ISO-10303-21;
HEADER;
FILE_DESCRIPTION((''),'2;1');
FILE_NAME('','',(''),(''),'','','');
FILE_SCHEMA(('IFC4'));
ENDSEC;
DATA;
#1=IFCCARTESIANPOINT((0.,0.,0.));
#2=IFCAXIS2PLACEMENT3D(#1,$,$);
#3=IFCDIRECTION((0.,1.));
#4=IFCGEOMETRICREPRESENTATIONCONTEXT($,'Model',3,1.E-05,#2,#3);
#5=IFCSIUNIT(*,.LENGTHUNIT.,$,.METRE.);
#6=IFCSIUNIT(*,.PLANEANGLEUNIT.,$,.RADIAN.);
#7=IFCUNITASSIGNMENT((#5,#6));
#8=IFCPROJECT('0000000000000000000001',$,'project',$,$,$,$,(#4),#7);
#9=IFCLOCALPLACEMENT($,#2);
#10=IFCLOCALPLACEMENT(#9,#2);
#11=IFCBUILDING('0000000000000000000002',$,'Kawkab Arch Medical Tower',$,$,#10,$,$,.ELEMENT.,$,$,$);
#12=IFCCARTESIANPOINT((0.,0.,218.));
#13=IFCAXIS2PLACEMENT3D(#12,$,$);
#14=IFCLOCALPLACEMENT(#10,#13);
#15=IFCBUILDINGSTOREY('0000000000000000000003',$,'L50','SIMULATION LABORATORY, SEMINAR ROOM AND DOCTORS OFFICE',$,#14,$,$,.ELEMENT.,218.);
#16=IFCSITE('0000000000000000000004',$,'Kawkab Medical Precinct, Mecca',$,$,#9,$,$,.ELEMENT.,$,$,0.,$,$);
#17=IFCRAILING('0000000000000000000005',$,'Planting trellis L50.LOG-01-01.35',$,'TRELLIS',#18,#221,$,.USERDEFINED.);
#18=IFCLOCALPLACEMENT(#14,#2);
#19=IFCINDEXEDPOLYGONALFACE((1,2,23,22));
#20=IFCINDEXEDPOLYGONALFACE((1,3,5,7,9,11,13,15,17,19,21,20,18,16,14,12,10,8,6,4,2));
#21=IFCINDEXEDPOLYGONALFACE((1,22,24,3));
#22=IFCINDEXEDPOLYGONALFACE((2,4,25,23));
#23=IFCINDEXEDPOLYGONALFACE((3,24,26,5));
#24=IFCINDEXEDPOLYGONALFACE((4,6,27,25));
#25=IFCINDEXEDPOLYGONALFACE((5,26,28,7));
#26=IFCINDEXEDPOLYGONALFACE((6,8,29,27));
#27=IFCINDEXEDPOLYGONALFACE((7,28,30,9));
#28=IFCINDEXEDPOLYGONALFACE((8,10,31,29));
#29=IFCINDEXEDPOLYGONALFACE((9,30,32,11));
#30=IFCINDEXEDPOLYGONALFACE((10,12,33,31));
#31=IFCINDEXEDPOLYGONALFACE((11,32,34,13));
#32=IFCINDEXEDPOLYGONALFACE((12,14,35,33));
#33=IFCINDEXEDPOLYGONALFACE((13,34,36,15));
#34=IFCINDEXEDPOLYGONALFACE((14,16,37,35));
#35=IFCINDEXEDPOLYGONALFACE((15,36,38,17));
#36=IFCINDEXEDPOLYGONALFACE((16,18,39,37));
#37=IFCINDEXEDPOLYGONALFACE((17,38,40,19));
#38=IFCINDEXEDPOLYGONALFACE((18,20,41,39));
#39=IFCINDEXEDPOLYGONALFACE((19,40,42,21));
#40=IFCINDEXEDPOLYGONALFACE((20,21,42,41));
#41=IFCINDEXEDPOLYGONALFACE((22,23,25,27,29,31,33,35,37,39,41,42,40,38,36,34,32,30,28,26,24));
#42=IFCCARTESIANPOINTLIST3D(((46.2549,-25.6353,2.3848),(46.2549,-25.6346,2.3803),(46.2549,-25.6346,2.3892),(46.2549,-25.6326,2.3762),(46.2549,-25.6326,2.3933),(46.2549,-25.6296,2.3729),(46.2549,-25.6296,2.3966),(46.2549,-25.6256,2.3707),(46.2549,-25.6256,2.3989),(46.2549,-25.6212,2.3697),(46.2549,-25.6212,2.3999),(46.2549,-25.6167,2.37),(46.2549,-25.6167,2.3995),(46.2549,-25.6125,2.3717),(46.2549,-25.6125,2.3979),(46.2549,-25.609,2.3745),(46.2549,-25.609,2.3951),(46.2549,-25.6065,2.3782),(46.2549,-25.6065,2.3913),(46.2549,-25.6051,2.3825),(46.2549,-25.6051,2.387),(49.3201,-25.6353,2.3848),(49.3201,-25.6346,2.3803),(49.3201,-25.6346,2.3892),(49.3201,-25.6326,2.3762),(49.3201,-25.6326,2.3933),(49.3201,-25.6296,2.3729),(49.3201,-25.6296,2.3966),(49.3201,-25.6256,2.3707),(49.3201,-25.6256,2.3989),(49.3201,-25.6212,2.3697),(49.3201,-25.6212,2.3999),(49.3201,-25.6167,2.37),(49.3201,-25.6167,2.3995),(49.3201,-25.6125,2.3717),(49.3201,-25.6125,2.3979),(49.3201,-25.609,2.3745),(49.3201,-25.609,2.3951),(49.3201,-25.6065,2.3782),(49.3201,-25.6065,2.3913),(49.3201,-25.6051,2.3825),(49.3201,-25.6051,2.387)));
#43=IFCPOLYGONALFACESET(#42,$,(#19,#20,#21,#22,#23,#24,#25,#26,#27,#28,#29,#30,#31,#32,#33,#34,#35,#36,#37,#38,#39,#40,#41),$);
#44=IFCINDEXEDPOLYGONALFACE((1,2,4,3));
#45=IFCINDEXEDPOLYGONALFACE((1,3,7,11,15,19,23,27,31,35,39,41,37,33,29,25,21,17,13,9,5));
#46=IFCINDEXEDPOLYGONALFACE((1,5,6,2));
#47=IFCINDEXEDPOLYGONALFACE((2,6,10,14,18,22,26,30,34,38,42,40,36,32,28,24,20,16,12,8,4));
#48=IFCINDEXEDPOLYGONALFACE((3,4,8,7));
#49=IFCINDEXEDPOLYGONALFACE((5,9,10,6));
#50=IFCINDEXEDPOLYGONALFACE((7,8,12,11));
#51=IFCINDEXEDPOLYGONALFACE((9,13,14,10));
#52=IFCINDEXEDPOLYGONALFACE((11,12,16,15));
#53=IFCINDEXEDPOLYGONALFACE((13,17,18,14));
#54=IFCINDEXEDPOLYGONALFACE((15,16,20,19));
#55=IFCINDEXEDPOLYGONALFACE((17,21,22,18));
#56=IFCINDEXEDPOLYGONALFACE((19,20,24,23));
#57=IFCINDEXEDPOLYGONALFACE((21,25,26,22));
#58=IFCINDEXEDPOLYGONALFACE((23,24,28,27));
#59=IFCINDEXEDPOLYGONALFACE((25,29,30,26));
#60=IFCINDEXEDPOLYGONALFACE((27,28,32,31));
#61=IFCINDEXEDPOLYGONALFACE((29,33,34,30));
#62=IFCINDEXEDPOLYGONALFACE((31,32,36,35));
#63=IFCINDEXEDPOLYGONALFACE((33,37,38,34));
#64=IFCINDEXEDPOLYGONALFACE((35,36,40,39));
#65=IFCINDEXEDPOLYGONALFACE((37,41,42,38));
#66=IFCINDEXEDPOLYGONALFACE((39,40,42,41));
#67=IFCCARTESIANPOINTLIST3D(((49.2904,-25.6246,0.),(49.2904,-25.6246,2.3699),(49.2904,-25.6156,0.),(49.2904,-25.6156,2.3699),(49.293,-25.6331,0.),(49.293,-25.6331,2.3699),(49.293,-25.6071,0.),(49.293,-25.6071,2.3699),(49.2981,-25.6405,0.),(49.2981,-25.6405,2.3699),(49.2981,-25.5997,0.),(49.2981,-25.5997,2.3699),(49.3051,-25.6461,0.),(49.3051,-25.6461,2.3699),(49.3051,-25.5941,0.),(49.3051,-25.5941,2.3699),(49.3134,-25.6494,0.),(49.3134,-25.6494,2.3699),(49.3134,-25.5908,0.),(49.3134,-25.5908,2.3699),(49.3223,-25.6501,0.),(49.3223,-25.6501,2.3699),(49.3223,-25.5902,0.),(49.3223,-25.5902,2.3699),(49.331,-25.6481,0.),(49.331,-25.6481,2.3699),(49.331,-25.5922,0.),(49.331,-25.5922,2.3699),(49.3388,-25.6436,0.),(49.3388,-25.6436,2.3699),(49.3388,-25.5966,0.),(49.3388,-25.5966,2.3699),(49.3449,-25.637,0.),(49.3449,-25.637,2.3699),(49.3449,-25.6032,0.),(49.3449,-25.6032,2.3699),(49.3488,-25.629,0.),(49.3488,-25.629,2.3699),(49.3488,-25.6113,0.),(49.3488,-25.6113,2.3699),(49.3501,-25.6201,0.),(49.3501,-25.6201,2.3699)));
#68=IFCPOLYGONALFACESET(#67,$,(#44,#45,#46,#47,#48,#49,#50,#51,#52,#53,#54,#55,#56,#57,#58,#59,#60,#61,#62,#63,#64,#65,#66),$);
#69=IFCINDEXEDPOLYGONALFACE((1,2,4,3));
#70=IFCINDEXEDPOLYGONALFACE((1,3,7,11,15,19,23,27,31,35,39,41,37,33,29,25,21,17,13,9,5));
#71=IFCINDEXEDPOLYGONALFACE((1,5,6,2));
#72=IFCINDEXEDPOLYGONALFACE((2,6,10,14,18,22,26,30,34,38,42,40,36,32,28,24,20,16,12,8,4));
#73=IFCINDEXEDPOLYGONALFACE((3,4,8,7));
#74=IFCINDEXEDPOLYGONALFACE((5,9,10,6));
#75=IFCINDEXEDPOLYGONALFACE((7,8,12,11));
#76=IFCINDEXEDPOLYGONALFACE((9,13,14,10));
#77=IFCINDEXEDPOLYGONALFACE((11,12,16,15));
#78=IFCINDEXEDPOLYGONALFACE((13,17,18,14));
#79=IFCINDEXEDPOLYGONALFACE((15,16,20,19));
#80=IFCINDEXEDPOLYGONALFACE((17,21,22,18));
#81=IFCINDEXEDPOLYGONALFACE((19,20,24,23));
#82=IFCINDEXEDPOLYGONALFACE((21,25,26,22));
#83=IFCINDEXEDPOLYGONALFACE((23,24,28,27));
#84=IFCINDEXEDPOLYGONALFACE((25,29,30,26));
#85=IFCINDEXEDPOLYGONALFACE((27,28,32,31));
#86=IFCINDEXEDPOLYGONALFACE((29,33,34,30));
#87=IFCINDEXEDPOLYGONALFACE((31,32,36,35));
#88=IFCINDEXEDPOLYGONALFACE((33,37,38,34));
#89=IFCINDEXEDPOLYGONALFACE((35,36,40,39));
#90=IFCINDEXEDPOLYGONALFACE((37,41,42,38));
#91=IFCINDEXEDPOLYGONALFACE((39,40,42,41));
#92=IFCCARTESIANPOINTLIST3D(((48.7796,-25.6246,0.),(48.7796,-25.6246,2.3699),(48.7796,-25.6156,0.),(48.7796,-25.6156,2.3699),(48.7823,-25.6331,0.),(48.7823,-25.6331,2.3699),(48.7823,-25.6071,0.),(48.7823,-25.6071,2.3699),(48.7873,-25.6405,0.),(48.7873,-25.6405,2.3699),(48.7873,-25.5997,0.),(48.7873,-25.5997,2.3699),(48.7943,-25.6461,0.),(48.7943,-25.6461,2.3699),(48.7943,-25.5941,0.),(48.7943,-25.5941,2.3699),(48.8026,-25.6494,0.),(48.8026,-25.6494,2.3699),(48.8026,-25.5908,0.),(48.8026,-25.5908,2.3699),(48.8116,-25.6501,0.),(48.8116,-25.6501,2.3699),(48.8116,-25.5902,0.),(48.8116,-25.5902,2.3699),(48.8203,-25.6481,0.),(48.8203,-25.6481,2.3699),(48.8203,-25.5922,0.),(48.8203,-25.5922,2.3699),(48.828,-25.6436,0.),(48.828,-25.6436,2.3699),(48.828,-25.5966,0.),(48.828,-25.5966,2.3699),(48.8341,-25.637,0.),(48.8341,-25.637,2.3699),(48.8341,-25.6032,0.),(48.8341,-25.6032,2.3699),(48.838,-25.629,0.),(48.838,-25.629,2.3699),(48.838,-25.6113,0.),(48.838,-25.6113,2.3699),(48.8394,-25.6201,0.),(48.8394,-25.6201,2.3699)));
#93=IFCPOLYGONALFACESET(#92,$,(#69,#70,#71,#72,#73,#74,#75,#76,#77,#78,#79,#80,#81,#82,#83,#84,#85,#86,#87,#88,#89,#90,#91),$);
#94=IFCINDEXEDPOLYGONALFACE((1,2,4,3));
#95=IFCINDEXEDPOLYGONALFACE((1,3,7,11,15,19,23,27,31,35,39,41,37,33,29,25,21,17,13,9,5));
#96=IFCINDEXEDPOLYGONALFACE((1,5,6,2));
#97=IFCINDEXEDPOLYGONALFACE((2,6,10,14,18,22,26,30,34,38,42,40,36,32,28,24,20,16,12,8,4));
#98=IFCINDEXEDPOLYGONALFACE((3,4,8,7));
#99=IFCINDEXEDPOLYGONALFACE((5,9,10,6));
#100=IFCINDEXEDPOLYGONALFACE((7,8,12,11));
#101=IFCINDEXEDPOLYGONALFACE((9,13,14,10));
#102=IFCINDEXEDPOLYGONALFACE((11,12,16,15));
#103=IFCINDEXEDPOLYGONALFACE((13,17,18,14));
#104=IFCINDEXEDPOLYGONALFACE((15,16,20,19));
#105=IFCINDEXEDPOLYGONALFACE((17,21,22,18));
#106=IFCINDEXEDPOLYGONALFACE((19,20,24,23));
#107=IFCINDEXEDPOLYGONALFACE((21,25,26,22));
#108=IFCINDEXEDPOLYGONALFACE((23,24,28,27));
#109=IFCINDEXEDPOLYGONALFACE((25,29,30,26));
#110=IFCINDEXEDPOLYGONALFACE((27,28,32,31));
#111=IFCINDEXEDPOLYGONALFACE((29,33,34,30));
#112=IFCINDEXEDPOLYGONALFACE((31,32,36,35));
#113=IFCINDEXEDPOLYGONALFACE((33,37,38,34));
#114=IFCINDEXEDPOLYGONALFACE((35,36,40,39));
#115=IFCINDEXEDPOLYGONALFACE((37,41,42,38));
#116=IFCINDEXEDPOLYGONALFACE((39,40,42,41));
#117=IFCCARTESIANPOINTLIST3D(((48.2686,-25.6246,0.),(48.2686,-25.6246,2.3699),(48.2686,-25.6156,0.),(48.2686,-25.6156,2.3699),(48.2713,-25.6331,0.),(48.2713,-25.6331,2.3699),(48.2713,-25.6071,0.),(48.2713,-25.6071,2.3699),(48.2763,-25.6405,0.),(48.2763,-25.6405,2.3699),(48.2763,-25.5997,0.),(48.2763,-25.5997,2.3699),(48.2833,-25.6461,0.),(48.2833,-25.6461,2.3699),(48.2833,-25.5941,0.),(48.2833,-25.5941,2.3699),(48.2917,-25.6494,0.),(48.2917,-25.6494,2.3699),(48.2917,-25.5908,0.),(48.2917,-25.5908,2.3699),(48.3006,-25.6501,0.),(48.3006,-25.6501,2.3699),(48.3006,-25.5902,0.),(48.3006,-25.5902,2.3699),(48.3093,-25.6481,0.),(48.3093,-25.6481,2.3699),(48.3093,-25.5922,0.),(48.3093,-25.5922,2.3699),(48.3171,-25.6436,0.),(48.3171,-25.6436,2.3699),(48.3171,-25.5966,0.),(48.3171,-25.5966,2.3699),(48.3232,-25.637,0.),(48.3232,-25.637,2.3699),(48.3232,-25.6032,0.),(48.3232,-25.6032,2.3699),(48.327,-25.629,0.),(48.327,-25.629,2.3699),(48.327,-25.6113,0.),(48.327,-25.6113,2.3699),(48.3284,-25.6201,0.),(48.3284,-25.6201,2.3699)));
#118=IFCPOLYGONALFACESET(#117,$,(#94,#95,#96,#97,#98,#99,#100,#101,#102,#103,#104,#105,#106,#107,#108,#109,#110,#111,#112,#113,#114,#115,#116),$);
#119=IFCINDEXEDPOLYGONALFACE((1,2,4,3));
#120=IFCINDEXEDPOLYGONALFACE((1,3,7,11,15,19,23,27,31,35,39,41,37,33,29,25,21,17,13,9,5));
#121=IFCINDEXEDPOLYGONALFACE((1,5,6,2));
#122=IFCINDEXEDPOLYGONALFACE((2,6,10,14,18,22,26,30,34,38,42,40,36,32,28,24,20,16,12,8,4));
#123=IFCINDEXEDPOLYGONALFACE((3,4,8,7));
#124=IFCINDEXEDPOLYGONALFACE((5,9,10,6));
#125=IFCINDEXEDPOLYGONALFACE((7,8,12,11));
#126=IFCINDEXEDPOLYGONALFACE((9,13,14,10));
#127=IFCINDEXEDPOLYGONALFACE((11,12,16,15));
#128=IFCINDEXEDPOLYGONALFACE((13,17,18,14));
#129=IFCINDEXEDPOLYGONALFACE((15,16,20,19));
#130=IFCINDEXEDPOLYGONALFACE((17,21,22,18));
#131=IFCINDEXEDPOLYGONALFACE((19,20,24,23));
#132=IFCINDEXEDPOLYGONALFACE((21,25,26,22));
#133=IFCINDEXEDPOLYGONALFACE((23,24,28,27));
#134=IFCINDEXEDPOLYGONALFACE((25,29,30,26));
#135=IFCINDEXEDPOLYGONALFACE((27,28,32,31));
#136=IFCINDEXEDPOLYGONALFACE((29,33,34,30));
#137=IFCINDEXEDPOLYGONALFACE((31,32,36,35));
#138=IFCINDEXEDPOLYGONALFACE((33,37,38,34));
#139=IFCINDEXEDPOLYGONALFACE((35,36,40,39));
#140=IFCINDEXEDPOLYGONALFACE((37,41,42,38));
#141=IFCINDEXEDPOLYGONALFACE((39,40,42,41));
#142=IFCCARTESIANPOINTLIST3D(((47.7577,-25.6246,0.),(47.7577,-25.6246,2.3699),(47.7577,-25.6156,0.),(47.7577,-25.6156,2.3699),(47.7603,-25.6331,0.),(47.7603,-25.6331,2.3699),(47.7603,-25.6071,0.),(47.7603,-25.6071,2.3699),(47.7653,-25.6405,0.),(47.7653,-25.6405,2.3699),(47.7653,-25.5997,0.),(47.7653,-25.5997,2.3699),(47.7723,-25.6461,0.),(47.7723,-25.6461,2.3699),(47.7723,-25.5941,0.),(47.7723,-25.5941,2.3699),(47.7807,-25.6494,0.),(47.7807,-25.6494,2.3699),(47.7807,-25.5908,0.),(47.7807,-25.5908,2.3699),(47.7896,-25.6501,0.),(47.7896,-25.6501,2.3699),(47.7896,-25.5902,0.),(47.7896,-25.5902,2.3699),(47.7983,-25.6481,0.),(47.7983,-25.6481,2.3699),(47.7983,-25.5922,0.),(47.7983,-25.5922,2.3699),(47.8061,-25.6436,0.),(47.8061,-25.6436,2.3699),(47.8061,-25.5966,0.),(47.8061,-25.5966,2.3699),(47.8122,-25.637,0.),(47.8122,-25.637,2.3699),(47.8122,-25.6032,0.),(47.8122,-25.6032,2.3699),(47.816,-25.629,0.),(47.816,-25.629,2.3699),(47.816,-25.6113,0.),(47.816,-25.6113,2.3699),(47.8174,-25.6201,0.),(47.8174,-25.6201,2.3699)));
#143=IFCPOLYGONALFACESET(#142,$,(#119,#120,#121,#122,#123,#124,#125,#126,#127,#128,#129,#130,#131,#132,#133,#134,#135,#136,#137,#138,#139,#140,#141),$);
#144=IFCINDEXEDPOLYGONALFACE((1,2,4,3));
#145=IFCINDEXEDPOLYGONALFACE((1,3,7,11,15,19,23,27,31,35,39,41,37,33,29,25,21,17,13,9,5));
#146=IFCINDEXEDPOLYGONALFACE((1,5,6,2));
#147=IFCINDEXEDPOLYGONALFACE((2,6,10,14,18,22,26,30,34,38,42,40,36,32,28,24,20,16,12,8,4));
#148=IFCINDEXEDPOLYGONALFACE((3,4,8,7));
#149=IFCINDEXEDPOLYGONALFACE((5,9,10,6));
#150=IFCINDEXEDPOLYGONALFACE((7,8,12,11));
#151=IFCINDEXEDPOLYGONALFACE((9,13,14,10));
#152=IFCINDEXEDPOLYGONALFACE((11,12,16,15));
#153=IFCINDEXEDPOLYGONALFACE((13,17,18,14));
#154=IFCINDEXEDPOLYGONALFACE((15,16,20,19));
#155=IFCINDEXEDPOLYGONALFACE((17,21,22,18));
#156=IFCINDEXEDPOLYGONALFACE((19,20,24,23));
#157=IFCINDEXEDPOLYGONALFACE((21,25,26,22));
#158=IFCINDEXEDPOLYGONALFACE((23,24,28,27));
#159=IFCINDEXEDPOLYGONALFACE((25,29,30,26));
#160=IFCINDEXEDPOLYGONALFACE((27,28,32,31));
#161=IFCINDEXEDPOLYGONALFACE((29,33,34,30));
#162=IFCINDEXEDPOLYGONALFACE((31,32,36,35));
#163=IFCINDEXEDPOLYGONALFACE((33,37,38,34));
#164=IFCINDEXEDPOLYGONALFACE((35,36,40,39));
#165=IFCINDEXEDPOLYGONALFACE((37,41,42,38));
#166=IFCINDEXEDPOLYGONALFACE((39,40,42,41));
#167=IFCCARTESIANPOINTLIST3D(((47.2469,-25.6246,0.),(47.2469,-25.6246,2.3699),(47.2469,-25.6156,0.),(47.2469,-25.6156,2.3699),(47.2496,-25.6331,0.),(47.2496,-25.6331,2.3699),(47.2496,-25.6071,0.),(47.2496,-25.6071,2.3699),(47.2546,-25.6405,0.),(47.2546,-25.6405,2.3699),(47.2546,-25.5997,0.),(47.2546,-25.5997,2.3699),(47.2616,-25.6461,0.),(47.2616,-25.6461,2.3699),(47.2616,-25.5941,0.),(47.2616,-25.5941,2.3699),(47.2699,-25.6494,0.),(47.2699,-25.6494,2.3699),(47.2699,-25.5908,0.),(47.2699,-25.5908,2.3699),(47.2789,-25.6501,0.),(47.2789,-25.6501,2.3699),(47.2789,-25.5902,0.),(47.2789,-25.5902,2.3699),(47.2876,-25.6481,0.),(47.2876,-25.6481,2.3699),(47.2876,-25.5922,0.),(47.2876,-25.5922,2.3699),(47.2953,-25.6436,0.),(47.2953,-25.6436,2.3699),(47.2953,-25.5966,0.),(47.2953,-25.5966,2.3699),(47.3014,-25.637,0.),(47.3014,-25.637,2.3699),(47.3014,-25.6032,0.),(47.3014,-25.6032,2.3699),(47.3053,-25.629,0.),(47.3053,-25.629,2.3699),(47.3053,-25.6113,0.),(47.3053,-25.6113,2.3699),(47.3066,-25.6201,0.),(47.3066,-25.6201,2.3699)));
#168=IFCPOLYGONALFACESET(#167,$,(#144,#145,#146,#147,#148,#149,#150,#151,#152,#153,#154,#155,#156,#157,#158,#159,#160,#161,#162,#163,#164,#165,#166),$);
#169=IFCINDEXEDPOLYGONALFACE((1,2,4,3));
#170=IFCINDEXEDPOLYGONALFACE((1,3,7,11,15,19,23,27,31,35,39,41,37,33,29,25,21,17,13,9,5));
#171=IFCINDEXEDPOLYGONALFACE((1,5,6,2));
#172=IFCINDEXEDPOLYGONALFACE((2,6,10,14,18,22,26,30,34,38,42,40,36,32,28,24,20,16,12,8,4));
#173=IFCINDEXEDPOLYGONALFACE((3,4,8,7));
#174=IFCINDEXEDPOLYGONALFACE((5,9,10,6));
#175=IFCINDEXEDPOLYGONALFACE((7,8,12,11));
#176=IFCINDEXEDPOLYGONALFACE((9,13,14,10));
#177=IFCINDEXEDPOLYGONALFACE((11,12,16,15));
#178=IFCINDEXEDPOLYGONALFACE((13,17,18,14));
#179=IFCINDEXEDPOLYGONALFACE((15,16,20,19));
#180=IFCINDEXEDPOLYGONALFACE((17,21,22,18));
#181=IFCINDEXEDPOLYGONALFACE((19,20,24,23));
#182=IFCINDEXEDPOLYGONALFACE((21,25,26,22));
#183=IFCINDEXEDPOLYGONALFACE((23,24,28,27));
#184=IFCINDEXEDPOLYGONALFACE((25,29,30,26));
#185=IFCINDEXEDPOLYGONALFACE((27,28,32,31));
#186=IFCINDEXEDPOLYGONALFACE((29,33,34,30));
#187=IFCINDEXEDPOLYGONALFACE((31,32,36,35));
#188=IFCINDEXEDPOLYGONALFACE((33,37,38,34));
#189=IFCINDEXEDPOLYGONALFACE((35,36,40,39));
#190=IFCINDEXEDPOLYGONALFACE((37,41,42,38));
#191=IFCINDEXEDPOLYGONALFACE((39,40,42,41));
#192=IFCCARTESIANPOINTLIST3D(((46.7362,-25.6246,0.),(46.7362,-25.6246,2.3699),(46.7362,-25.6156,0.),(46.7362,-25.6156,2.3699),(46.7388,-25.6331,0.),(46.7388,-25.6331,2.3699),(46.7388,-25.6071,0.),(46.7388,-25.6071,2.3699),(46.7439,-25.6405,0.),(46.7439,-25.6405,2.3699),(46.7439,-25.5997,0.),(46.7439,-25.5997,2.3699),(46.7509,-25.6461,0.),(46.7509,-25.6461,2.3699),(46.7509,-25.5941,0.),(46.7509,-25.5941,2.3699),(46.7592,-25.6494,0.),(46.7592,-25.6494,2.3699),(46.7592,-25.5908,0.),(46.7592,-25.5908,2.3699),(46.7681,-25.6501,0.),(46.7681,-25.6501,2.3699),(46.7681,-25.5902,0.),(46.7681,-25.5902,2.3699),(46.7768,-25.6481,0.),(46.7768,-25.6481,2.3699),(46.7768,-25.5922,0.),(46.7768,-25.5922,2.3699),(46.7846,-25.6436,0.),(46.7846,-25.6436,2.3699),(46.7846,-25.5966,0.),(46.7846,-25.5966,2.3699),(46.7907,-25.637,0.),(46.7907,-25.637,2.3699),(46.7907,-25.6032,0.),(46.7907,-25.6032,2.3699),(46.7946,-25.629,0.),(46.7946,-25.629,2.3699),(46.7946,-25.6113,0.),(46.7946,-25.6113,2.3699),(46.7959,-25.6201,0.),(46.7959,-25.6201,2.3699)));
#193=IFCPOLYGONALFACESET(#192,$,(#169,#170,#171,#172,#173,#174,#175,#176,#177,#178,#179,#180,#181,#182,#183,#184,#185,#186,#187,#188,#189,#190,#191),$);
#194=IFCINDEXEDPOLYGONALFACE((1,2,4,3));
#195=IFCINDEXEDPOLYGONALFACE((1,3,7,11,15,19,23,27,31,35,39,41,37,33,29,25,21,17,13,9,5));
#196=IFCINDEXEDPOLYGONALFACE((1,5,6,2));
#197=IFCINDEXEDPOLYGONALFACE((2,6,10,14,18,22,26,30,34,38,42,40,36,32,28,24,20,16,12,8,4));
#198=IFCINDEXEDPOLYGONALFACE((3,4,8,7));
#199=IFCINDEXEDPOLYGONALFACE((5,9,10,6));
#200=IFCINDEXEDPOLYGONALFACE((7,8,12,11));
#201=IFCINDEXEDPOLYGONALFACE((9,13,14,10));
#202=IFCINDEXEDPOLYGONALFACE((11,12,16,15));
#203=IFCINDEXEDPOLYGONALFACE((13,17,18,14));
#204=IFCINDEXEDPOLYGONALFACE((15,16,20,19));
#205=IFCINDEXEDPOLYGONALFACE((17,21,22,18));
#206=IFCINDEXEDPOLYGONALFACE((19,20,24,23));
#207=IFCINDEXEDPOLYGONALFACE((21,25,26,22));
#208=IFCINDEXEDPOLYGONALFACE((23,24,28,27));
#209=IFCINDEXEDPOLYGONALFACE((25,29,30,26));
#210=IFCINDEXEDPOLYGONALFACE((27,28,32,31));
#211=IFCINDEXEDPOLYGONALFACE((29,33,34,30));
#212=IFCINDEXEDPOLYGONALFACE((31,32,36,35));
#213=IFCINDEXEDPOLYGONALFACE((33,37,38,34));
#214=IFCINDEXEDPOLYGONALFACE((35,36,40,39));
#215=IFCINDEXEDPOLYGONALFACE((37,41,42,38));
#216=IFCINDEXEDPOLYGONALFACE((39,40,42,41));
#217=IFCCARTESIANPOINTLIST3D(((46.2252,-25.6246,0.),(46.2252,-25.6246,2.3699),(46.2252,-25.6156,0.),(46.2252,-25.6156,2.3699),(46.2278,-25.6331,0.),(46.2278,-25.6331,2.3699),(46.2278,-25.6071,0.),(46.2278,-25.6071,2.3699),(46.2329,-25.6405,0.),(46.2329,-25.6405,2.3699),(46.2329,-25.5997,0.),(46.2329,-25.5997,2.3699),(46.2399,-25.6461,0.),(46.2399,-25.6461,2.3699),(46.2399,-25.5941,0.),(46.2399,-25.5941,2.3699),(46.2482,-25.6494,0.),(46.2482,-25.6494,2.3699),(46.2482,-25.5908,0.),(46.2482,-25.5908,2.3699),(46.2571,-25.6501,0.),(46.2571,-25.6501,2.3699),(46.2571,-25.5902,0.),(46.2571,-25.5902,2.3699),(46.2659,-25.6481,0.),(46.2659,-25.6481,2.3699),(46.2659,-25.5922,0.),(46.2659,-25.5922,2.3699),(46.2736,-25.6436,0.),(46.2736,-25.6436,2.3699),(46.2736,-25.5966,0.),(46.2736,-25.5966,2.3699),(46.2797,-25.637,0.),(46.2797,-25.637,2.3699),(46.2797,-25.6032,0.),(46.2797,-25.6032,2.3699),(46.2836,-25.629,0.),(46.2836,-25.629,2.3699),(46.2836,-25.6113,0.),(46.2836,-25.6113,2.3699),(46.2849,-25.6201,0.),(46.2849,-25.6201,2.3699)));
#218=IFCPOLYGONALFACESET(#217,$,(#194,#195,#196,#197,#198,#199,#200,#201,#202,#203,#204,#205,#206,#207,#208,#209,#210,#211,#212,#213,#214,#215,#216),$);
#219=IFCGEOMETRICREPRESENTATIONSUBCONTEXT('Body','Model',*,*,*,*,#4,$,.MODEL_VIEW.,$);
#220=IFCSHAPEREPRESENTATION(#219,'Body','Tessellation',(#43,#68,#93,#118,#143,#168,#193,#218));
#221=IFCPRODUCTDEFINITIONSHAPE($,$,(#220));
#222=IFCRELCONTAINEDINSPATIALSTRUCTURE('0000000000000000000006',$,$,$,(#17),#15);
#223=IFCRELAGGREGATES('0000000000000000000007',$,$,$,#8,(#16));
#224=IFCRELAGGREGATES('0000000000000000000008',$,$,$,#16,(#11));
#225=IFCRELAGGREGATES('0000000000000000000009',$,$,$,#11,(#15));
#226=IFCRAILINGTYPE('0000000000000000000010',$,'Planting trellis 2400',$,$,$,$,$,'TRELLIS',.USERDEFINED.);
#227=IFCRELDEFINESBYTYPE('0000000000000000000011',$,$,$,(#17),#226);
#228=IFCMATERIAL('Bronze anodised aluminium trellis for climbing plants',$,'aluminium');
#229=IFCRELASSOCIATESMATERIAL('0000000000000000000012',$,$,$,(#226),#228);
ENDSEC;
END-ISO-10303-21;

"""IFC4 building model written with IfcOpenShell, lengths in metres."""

from ifc_helpers import new_model, si_unit, direction, frame, origin, origin_2d, place, context, subcontext, project, spatial, circle, extrude, material, type_object, element, save


model = new_model("IFC4")

# Units and contexts
model_context = context("Model", 3, precision=1e-05, world=origin(), true_north=direction((0.0, 1.0)))
body_context = subcontext(model_context, "Body", "Model", "MODEL_VIEW")
ifc_project = project(units=[si_unit("LENGTHUNIT", "METRE"), si_unit("PLANEANGLEUNIT", "RADIAN")], contexts=[model_context])

# Site, building, storey
site_placement = place(None, origin())
site = spatial("IfcSite", under=ifc_project, at=site_placement, Name="Kawkab Medical Precinct, Mecca", CompositionType="ELEMENT", RefElevation=0.0)
building_placement = place(site_placement, origin())
building = spatial("IfcBuilding", under=site, at=building_placement, Name="Kawkab Arch Medical Tower", CompositionType="ELEMENT")
storey_placement = place(building_placement, frame((0.0, 0.0, 218.0)))
storey = spatial("IfcBuildingStorey", under=building, at=storey_placement, Name="L50", Description="SIMULATION LABORATORY, SEMINAR ROOM AND DOCTORS OFFICE", CompositionType="ELEMENT", Elevation=218.0)

# Railing
ifc_material_1 = material(Name="Bronze anodised aluminium trellis for climbing plants", Category="aluminium")
railing_type_1 = type_object("IfcRailingType", Name="Planting trellis 2400", ElementType="TRELLIS", PredefinedType="USERDEFINED", material=ifc_material_1)
railing_1_placement = place(storey_placement, frame((49.3201, -25.6201, 0.0)))
element("IfcRailing", 1, at=railing_1_placement, inside=storey, type_object=railing_type_1, Name="Planting trellis L50.LOG-01-01.35", ObjectType="TRELLIS", PredefinedType="USERDEFINED", context=body_context, shape_type="SweptSolid", body=[
    extrude(circle(Radius=0.0151, at=origin_2d()), frame((0.0, 0.0, 2.3848), z_axis=(-1.0, 0.0, 0.0), x_axis=(0.0, -1.0, 0.0)), (0.0, 0.0, 1.0), 3.0652),
    extrude(circle(Radius=0.03, at=origin_2d()), origin(), (0.0, 0.0, 1.0), 2.3699),
    extrude(circle(Radius=0.03, at=origin_2d()), frame((-0.5107, 0.0, 0.0)), (0.0, 0.0, 1.0), 2.3699),
    extrude(circle(Radius=0.03, at=origin_2d()), frame((-1.0217, 0.0, 0.0)), (0.0, 0.0, 1.0), 2.3699),
    extrude(circle(Radius=0.03, at=origin_2d()), frame((-1.5327, 0.0, 0.0)), (0.0, 0.0, 1.0), 2.3699),
    extrude(circle(Radius=0.03, at=origin_2d()), frame((-2.0435, 0.0, 0.0)), (0.0, 0.0, 1.0), 2.3699),
    extrude(circle(Radius=0.03, at=origin_2d()), frame((-2.5542, 0.0, 0.0)), (0.0, 0.0, 1.0), 2.3699),
    extrude(circle(Radius=0.03, at=origin_2d()), frame((-3.0652, 0.0, 0.0)), (0.0, 0.0, 1.0), 2.3699),
])

save(model, "model.ifc")
